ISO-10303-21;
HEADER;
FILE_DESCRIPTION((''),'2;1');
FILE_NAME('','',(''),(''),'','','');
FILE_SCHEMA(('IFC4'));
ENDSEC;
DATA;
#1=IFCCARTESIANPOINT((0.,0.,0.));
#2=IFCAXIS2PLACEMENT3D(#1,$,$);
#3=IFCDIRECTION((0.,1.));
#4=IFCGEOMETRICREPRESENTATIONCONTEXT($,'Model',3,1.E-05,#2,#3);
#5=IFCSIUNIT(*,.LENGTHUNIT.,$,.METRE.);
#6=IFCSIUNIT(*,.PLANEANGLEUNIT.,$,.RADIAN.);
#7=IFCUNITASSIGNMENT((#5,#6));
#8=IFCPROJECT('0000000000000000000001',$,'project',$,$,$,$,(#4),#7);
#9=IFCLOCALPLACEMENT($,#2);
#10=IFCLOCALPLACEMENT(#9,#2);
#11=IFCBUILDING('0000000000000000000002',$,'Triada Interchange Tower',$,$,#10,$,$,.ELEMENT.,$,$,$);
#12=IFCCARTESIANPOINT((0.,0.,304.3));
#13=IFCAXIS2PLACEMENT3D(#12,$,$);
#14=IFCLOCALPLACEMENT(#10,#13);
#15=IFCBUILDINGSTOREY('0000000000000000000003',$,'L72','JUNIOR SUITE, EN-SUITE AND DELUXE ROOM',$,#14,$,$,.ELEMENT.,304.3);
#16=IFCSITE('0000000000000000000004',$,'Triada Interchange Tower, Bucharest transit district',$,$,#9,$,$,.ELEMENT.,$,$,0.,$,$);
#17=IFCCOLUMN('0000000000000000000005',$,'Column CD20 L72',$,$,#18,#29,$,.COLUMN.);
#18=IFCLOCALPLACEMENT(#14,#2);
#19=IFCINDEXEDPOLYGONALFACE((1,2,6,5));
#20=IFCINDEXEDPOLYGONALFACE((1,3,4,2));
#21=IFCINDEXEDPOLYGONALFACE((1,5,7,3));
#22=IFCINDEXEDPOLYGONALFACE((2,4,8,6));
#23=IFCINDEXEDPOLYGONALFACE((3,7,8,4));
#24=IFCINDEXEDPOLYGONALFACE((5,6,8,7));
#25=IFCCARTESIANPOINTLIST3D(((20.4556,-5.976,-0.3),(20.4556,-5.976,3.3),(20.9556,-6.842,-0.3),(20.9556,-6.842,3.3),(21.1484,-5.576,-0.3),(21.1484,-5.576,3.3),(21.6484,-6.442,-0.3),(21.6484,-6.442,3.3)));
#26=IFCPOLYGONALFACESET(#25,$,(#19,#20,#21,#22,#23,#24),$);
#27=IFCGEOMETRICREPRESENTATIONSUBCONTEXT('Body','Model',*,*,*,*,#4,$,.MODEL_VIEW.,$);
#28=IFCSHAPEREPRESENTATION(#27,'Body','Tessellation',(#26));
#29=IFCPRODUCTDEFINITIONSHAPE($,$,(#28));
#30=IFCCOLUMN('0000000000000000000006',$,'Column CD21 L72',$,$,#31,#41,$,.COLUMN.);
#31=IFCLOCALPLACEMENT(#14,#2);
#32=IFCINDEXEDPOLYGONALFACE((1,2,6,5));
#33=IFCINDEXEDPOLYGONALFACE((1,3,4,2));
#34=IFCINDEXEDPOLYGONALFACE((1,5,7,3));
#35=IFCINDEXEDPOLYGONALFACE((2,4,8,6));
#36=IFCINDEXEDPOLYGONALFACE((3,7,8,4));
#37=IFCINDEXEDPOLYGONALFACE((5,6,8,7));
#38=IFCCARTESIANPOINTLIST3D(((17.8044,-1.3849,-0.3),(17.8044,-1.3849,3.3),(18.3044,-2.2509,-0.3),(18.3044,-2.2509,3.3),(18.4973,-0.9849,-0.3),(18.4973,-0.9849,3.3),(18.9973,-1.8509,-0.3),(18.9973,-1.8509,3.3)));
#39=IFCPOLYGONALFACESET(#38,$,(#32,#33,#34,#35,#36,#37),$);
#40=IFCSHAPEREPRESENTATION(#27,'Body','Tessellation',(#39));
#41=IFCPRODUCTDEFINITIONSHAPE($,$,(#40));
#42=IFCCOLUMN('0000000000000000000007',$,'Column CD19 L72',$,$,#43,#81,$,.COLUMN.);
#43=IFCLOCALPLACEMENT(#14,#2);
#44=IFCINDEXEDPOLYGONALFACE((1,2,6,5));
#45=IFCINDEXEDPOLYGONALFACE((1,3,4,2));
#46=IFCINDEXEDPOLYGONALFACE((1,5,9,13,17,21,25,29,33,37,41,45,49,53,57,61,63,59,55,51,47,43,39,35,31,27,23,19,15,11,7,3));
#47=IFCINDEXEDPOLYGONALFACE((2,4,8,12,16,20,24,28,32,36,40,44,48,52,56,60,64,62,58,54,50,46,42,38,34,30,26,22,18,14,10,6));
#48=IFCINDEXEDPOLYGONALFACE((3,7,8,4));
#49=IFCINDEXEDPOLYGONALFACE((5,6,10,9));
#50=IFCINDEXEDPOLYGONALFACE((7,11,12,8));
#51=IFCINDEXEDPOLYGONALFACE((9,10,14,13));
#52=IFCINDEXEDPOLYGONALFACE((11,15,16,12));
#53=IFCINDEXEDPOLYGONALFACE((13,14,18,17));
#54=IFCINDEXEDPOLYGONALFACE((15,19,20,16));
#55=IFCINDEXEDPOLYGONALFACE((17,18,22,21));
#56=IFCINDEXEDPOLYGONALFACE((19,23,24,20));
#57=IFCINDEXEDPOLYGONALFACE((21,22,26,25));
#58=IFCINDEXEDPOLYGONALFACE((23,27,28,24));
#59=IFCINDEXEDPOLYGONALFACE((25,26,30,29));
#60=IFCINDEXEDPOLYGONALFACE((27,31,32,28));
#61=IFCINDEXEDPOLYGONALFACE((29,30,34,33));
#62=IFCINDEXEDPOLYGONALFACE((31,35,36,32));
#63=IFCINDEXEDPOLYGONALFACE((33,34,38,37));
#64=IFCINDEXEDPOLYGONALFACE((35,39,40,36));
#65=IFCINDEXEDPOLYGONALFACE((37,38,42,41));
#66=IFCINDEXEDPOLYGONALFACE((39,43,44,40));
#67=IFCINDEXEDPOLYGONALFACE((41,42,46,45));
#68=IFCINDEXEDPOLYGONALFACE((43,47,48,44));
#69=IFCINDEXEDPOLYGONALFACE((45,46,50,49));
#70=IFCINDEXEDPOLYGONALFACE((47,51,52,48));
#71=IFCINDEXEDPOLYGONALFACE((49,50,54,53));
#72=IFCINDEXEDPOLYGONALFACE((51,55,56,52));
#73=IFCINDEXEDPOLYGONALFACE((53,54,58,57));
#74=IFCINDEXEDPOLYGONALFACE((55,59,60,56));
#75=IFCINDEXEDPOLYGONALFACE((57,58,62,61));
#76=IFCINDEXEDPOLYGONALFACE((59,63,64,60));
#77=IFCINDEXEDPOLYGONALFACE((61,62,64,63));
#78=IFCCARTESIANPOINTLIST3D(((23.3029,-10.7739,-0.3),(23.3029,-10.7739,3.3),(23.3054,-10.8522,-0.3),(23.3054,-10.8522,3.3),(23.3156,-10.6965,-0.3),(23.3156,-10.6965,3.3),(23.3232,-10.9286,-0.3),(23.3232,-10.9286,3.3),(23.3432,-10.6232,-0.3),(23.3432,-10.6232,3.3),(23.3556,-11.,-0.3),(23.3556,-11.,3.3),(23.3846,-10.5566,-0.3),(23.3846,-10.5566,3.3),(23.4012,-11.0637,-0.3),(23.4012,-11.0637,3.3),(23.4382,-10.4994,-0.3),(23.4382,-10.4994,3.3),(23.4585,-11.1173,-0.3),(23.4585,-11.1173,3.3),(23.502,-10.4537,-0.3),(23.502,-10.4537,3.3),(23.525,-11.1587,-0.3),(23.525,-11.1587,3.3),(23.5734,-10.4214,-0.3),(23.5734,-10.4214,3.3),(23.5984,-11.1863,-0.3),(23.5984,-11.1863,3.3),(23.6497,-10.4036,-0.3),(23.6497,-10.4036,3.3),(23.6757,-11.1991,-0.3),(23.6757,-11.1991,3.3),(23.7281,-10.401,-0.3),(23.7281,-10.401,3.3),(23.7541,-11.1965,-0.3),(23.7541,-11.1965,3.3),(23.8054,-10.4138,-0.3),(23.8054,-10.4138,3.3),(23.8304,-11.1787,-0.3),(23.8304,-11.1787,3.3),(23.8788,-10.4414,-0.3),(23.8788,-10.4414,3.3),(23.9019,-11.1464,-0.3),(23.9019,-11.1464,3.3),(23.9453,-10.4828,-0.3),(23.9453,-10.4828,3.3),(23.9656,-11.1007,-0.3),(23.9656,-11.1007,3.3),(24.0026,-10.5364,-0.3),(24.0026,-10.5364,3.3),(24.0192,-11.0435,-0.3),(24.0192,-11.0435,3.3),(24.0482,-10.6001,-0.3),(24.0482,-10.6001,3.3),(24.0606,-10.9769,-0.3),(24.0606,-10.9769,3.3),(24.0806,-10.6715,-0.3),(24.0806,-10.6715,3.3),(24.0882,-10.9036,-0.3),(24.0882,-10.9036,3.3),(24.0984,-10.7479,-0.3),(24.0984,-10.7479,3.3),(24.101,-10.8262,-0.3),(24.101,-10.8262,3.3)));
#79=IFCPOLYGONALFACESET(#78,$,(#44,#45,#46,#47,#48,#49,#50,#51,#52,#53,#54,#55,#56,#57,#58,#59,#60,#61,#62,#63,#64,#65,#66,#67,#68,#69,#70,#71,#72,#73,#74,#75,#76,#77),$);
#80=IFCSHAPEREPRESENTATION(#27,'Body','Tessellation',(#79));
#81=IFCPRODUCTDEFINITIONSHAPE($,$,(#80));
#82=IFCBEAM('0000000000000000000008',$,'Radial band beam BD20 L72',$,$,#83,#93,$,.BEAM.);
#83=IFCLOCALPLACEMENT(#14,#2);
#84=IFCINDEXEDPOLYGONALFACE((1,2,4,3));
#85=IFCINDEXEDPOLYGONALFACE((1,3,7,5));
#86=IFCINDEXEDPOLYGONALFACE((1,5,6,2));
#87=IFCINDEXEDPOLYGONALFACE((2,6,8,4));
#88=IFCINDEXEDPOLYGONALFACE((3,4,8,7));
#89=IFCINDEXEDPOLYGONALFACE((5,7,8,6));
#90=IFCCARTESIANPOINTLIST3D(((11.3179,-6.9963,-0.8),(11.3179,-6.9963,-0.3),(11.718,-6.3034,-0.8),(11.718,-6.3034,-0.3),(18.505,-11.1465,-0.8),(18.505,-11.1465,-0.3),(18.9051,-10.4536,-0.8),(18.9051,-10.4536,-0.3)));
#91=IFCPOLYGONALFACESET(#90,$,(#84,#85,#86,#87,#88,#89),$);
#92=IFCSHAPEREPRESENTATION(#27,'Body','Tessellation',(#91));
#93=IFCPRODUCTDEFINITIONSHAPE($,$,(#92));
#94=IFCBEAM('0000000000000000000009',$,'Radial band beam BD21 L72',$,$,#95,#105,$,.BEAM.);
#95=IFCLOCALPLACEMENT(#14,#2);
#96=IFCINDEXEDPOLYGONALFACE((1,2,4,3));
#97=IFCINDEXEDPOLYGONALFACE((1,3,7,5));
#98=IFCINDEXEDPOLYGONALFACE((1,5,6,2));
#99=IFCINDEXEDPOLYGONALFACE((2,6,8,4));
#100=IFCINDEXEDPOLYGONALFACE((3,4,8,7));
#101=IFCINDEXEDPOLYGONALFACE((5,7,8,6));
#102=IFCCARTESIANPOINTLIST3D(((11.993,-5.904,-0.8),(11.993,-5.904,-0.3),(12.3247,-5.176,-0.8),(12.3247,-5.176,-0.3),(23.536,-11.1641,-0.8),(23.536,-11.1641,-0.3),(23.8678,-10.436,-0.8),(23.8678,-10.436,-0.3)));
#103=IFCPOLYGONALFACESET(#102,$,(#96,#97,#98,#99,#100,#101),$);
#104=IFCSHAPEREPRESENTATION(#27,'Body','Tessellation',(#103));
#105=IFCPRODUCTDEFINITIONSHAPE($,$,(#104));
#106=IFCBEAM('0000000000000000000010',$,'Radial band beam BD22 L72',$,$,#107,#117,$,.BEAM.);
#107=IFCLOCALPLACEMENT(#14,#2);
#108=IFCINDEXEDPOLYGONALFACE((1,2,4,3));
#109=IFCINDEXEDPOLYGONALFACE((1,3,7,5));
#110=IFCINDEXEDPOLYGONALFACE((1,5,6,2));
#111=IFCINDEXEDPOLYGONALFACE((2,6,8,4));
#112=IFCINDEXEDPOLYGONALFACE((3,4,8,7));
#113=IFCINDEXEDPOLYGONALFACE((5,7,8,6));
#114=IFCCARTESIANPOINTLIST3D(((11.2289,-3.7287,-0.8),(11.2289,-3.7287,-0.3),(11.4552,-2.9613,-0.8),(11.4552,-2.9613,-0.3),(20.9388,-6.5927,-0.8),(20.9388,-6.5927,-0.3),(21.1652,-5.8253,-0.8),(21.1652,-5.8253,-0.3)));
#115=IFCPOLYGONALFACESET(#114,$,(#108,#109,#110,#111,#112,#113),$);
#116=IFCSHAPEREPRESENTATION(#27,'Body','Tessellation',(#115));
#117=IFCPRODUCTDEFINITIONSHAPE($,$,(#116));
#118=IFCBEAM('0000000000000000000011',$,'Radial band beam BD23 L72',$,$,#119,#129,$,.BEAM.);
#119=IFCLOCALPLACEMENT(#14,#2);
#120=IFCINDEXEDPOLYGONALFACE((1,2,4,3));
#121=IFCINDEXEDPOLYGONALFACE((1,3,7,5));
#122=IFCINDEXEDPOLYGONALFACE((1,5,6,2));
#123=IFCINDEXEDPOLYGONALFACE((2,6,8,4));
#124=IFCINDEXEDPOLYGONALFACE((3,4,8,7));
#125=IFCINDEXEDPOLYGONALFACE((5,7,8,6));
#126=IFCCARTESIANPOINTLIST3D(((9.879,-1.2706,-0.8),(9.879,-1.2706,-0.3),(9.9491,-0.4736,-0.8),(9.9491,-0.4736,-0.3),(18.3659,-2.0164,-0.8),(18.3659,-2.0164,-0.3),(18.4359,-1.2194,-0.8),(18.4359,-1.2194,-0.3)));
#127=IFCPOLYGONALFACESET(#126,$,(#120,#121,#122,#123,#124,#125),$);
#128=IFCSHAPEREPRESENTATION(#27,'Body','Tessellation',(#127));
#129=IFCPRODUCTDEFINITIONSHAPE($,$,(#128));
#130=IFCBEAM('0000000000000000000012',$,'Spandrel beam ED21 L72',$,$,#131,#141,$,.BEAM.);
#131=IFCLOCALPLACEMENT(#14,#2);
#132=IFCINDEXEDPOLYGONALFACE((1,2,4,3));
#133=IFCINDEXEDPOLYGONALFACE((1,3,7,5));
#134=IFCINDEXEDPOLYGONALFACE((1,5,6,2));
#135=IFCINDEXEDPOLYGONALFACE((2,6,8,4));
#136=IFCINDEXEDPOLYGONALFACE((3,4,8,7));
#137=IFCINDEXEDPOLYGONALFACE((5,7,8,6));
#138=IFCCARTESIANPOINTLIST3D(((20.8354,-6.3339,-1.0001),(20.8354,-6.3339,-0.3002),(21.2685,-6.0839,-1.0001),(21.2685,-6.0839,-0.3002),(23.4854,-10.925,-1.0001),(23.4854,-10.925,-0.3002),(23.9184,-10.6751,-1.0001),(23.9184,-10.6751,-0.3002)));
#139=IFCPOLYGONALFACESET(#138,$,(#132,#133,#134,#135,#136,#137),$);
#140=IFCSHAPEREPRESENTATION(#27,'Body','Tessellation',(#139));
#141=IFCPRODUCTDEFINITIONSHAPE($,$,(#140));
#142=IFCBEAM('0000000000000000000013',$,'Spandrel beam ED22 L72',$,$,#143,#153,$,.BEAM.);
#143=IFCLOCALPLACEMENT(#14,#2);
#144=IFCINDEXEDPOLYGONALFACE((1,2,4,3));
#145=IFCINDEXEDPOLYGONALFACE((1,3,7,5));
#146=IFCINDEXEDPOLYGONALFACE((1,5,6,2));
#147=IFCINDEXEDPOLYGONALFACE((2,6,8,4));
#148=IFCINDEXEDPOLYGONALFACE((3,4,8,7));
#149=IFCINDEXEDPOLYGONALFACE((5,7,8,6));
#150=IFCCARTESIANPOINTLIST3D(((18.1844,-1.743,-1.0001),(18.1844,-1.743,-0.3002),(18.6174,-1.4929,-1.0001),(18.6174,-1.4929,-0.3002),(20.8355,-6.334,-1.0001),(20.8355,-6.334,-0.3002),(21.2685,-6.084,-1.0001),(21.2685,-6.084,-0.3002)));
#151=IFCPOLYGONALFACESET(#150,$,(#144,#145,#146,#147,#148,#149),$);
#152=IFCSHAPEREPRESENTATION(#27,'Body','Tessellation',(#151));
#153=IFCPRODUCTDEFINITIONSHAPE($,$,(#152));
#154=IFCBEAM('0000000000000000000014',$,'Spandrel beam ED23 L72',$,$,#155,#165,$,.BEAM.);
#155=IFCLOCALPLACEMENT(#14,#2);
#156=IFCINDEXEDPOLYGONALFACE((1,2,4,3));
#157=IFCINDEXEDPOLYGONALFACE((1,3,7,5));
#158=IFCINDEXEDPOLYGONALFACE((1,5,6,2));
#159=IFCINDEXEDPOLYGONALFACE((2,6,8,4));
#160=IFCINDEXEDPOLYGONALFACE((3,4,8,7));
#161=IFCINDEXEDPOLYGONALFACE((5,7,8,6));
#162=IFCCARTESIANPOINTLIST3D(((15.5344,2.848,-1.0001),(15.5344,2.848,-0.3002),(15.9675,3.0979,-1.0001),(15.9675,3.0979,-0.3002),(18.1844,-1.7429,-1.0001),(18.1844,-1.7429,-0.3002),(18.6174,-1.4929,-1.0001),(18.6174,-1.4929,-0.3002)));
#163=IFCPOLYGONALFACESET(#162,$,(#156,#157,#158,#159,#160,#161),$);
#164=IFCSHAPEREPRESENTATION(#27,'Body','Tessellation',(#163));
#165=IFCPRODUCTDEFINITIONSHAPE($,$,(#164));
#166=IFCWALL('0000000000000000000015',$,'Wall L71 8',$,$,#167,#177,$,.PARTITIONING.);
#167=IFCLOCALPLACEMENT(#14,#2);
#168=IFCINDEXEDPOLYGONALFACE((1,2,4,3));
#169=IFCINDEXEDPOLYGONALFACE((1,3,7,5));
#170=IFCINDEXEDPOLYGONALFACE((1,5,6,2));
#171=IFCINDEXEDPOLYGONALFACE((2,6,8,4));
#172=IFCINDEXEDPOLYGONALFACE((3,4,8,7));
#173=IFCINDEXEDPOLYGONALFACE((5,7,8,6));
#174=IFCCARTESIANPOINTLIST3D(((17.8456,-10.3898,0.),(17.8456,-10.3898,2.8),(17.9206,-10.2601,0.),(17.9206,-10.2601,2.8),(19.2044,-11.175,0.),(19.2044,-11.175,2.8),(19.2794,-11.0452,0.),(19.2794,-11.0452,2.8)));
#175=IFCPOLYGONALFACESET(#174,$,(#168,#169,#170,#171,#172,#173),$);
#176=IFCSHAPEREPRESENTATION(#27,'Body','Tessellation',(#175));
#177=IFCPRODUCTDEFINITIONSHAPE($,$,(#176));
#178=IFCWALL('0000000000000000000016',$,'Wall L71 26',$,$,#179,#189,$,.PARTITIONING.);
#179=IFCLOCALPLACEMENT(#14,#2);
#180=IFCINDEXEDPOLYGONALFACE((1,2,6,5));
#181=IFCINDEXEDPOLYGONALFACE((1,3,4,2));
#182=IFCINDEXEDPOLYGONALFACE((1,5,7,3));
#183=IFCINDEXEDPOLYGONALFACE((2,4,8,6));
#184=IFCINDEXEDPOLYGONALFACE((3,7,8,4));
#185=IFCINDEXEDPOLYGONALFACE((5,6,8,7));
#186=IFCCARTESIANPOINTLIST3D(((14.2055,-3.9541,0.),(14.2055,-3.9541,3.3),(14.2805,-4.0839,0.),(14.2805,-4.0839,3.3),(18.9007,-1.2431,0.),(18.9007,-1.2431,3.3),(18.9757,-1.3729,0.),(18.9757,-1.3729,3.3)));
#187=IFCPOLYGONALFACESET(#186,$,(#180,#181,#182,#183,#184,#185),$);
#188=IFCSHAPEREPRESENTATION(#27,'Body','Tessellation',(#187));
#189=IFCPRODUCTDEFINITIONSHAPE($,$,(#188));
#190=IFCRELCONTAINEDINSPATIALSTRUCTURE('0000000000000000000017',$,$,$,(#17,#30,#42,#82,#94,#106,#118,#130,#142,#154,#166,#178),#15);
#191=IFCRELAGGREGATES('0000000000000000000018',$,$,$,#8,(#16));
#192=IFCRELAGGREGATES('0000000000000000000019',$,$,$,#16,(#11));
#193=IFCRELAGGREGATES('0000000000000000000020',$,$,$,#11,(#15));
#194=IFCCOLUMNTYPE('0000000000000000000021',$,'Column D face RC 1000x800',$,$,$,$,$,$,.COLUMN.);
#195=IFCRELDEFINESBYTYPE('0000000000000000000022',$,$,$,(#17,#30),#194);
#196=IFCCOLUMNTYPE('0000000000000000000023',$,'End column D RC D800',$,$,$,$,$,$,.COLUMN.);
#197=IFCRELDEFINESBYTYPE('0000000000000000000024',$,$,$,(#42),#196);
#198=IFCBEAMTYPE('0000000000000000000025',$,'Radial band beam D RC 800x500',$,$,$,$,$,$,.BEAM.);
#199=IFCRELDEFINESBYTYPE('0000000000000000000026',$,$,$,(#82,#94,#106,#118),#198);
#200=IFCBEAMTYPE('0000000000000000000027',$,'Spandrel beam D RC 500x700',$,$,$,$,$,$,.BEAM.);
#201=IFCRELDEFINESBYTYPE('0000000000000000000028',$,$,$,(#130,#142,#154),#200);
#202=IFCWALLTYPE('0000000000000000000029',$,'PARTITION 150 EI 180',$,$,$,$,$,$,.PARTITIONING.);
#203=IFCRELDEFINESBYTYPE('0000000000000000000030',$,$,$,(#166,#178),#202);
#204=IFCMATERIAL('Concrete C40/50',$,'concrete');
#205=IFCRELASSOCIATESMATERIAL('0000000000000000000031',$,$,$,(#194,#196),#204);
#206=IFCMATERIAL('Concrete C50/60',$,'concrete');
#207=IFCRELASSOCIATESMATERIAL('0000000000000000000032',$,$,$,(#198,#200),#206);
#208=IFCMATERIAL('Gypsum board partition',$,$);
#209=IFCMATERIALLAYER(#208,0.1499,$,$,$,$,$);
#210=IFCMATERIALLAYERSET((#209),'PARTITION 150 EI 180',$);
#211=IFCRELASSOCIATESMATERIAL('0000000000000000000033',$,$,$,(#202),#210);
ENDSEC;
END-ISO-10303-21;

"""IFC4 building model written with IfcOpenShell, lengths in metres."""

from ifc_helpers import new_model, si_unit, direction, frame, frame_2d, origin, origin_2d, place, context, subcontext, project, spatial, rectangle, circle, extrude, material, layer, layer_set, material_profile, profile_set, type_object, element, save


model = new_model("IFC4")

# Units and contexts
model_context = context("Model", 3, precision=1e-05, world=origin(), true_north=direction((0.0, 1.0)))
body_context = subcontext(model_context, "Body", "Model", "MODEL_VIEW")
ifc_project = project(units=[si_unit("LENGTHUNIT", "METRE"), si_unit("PLANEANGLEUNIT", "RADIAN")], contexts=[model_context])

# Site, building, storey
site_placement = place(None, origin())
site = spatial("IfcSite", under=ifc_project, at=site_placement, Name="Triada Interchange Tower, Bucharest transit district", CompositionType="ELEMENT", RefElevation=0.0)
building_placement = place(site_placement, origin())
building = spatial("IfcBuilding", under=site, at=building_placement, Name="Triada Interchange Tower", CompositionType="ELEMENT")
storey_placement = place(building_placement, frame((0.0, 0.0, 304.3)))
storey = spatial("IfcBuildingStorey", under=building, at=storey_placement, Name="L72", Description="JUNIOR SUITE, EN-SUITE AND DELUXE ROOM", CompositionType="ELEMENT", Elevation=304.3)

# Columns
ifc_material_1 = material(Name="Concrete C40/50", Category="concrete")
ifc_material_profile_1 = material_profile(ifc_material_1, rectangle(XDim=1.0, YDim=0.8, at=origin_2d()), Name="RC 1000x800")
ifc_profile_set_1 = profile_set([ifc_material_profile_1], Name="Concrete C40/50")
column_type_1 = type_object("IfcColumnType", Name="Column D face RC 1000x800", PredefinedType="COLUMN", material=ifc_profile_set_1)
for number, where, z_axis, x_axis, name in (
    (1, (21.052, -6.209, -0.3), (0.0, 0.0, 1.0), (-0.5, 0.866025, 0.0), "Column CD20 L72"),
    (2, (18.4009, -1.6179, -0.3), (0.0, 0.0, 1.0), (-0.5, 0.866025, 0.0), "Column CD21 L72"),
):
    element("IfcColumn", number, at=place(storey_placement, frame(where, z_axis=z_axis, x_axis=x_axis)), inside=storey, type_object=column_type_1, Name=name, PredefinedType="COLUMN", context=body_context, shape_type="SweptSolid", body=[
        extrude(rectangle(XDim=1.0, YDim=0.8, at=origin_2d()), origin(), (0.0, 0.0, 1.0), 3.6001),
    ])
ifc_material_profile_2 = material_profile(ifc_material_1, circle(Radius=0.3999, at=origin_2d()), Name="RC D800")
ifc_profile_set_2 = profile_set([ifc_material_profile_2], Name="Concrete C40/50")
column_type_2 = type_object("IfcColumnType", Name="End column D RC D800", PredefinedType="COLUMN", material=ifc_profile_set_2)
column_placement = place(storey_placement, frame((23.7019, -10.8, -0.3), z_axis=(0.0, 0.0, 1.0), x_axis=(-0.5, 0.866025, 0.0)))
element("IfcColumn", 3, at=column_placement, inside=storey, type_object=column_type_2, Name="Column CD19 L72", PredefinedType="COLUMN", context=body_context, shape_type="SweptSolid", body=[
    extrude(circle(Radius=0.3999, at=origin_2d()), origin(), (0.0, 0.0, 1.0), 3.6001),
])

# Beams
ifc_material_2 = material(Name="Concrete C50/60", Category="concrete")
ifc_material_profile_3 = material_profile(ifc_material_2, rectangle(XDim=0.8, YDim=0.5, at=origin_2d()), Name="RC 800x500")
ifc_profile_set_3 = profile_set([ifc_material_profile_3], Name="Concrete C50/60")
beam_type_1 = type_object("IfcBeamType", Name="Radial band beam D RC 800x500", PredefinedType="BEAM", material=ifc_profile_set_3)
beam_1_placement = place(storey_placement, frame((18.7051, -10.8, -0.55), z_axis=(-0.865988, 0.500065, 0.0), x_axis=(-0.500065, -0.865988, 0.0)))
element("IfcBeam", 4, at=beam_1_placement, inside=storey, type_object=beam_type_1, Name="Radial band beam BD20 L72", PredefinedType="BEAM", context=body_context, shape_type="SweptSolid", body=[
    extrude(rectangle(XDim=0.8, YDim=0.5, at=origin_2d()), origin(), (0.0, 0.0, 1.0), 8.2993),
])
beam_2_placement = place(storey_placement, frame((23.7019, -10.8, -0.55), z_axis=(-0.909974, 0.414666, 0.0), x_axis=(-0.414666, -0.909974, 0.0)))
element("IfcBeam", 5, at=beam_2_placement, inside=storey, type_object=beam_type_1, Name="Radial band beam BD21 L72", PredefinedType="BEAM", context=body_context, shape_type="SweptSolid", body=[
    extrude(rectangle(XDim=0.8, YDim=0.5, at=origin_2d()), origin(), (0.0, 0.0, 1.0), 12.6851),
])
beam_3_placement = place(storey_placement, frame((21.052, -6.209, -0.55), z_axis=(-0.959147, 0.282907, 0.0), x_axis=(-0.282907, -0.959147, 0.0)))
element("IfcBeam", 6, at=beam_3_placement, inside=storey, type_object=beam_type_1, Name="Radial band beam BD22 L72", PredefinedType="BEAM", context=body_context, shape_type="SweptSolid", body=[
    extrude(rectangle(XDim=0.8, YDim=0.5, at=origin_2d()), origin(), (0.0, 0.0, 1.0), 10.1235),
])
beam_4_placement = place(storey_placement, frame((18.4009, -1.6179, -0.55), z_axis=(-0.99616, 0.087546, 0.0), x_axis=(-0.087546, -0.99616, 0.0)))
element("IfcBeam", 7, at=beam_4_placement, inside=storey, type_object=beam_type_1, Name="Radial band beam BD23 L72", PredefinedType="BEAM", context=body_context, shape_type="SweptSolid", body=[
    extrude(rectangle(XDim=0.8, YDim=0.5, at=origin_2d()), origin(), (0.0, 0.0, 1.0), 8.5195),
])
ifc_material_profile_4 = material_profile(ifc_material_2, rectangle(XDim=0.5, YDim=0.7, at=origin_2d()), Name="RC 500x700")
ifc_profile_set_4 = profile_set([ifc_material_profile_4], Name="Concrete C50/60")
beam_type_2 = type_object("IfcBeamType", Name="Spandrel beam D RC 500x700", PredefinedType="BEAM", material=ifc_profile_set_4)
beam_5_placement = place(storey_placement, frame((23.7019, -10.8, -0.6501), z_axis=(-0.499894, 0.866087, 0.0), x_axis=(-0.866087, -0.499894, 0.0)))
element("IfcBeam", 8, at=beam_5_placement, inside=storey, type_object=beam_type_2, Name="Spandrel beam ED21 L72", PredefinedType="BEAM", context=body_context, shape_type="SweptSolid", body=[
    extrude(rectangle(XDim=0.5, YDim=0.7, at=origin_2d()), origin(), (0.0, 0.0, 1.0), 5.301),
])
beam_6_placement = place(storey_placement, frame((21.052, -6.209, -0.6501), z_axis=(-0.500067, 0.865987, 0.0), x_axis=(-0.865987, -0.500067, 0.0)))
element("IfcBeam", 9, at=beam_6_placement, inside=storey, type_object=beam_type_2, Name="Spandrel beam ED22 L72", PredefinedType="BEAM", context=body_context, shape_type="SweptSolid", body=[
    extrude(rectangle(XDim=0.5, YDim=0.7, at=origin_2d()), origin(), (0.0, 0.0, 1.0), 5.3015),
])
beam_7_placement = place(storey_placement, frame((18.4009, -1.6179, -0.6501), z_axis=(-0.499914, 0.866075, 0.0), x_axis=(-0.866075, -0.499914, 0.0)))
element("IfcBeam", 10, at=beam_7_placement, inside=storey, type_object=beam_type_2, Name="Spandrel beam ED23 L72", PredefinedType="BEAM", context=body_context, shape_type="SweptSolid", body=[
    extrude(rectangle(XDim=0.5, YDim=0.7, at=origin_2d()), origin(), (0.0, 0.0, 1.0), 5.3008),
])

# Walls
ifc_material_3 = material(Name="Gypsum board partition")
ifc_layer_1 = layer(ifc_material_3, 0.1499)
ifc_layer_set_1 = layer_set([ifc_layer_1], Name="PARTITION 150 EI 180")
wall_type_1 = type_object("IfcWallType", Name="PARTITION 150 EI 180", PredefinedType="PARTITIONING", material=ifc_layer_set_1)
wall_1_placement = place(storey_placement, frame((17.8831, -10.325, 0.0), z_axis=(0.0, 0.0, 1.0), x_axis=(0.865859, -0.500288, 0.0)))
element("IfcWall", 11, at=wall_1_placement, inside=storey, type_object=wall_type_1, Name="Wall L71 8", PredefinedType="PARTITIONING", context=body_context, shape_type="SweptSolid", body=[
    extrude(rectangle(XDim=1.5693, YDim=0.1499, at=frame_2d((0.7847, 0.0))), origin(), (0.0, 0.0, 1.0), 2.8),
])
wall_2_placement = place(storey_placement, frame((14.2429, -4.019, 0.0), z_axis=(0.0, 0.0, 1.0), x_axis=(0.866006, 0.500033, 0.0)))
element("IfcWall", 12, at=wall_2_placement, inside=storey, type_object=wall_type_1, Name="Wall L71 26", PredefinedType="PARTITIONING", context=body_context, shape_type="SweptSolid", body=[
    extrude(rectangle(XDim=5.4216, YDim=0.1499, at=frame_2d((2.7109, 0.0))), origin(), (0.0, 0.0, 1.0), 3.3),
])

save(model, "model.ifc")
